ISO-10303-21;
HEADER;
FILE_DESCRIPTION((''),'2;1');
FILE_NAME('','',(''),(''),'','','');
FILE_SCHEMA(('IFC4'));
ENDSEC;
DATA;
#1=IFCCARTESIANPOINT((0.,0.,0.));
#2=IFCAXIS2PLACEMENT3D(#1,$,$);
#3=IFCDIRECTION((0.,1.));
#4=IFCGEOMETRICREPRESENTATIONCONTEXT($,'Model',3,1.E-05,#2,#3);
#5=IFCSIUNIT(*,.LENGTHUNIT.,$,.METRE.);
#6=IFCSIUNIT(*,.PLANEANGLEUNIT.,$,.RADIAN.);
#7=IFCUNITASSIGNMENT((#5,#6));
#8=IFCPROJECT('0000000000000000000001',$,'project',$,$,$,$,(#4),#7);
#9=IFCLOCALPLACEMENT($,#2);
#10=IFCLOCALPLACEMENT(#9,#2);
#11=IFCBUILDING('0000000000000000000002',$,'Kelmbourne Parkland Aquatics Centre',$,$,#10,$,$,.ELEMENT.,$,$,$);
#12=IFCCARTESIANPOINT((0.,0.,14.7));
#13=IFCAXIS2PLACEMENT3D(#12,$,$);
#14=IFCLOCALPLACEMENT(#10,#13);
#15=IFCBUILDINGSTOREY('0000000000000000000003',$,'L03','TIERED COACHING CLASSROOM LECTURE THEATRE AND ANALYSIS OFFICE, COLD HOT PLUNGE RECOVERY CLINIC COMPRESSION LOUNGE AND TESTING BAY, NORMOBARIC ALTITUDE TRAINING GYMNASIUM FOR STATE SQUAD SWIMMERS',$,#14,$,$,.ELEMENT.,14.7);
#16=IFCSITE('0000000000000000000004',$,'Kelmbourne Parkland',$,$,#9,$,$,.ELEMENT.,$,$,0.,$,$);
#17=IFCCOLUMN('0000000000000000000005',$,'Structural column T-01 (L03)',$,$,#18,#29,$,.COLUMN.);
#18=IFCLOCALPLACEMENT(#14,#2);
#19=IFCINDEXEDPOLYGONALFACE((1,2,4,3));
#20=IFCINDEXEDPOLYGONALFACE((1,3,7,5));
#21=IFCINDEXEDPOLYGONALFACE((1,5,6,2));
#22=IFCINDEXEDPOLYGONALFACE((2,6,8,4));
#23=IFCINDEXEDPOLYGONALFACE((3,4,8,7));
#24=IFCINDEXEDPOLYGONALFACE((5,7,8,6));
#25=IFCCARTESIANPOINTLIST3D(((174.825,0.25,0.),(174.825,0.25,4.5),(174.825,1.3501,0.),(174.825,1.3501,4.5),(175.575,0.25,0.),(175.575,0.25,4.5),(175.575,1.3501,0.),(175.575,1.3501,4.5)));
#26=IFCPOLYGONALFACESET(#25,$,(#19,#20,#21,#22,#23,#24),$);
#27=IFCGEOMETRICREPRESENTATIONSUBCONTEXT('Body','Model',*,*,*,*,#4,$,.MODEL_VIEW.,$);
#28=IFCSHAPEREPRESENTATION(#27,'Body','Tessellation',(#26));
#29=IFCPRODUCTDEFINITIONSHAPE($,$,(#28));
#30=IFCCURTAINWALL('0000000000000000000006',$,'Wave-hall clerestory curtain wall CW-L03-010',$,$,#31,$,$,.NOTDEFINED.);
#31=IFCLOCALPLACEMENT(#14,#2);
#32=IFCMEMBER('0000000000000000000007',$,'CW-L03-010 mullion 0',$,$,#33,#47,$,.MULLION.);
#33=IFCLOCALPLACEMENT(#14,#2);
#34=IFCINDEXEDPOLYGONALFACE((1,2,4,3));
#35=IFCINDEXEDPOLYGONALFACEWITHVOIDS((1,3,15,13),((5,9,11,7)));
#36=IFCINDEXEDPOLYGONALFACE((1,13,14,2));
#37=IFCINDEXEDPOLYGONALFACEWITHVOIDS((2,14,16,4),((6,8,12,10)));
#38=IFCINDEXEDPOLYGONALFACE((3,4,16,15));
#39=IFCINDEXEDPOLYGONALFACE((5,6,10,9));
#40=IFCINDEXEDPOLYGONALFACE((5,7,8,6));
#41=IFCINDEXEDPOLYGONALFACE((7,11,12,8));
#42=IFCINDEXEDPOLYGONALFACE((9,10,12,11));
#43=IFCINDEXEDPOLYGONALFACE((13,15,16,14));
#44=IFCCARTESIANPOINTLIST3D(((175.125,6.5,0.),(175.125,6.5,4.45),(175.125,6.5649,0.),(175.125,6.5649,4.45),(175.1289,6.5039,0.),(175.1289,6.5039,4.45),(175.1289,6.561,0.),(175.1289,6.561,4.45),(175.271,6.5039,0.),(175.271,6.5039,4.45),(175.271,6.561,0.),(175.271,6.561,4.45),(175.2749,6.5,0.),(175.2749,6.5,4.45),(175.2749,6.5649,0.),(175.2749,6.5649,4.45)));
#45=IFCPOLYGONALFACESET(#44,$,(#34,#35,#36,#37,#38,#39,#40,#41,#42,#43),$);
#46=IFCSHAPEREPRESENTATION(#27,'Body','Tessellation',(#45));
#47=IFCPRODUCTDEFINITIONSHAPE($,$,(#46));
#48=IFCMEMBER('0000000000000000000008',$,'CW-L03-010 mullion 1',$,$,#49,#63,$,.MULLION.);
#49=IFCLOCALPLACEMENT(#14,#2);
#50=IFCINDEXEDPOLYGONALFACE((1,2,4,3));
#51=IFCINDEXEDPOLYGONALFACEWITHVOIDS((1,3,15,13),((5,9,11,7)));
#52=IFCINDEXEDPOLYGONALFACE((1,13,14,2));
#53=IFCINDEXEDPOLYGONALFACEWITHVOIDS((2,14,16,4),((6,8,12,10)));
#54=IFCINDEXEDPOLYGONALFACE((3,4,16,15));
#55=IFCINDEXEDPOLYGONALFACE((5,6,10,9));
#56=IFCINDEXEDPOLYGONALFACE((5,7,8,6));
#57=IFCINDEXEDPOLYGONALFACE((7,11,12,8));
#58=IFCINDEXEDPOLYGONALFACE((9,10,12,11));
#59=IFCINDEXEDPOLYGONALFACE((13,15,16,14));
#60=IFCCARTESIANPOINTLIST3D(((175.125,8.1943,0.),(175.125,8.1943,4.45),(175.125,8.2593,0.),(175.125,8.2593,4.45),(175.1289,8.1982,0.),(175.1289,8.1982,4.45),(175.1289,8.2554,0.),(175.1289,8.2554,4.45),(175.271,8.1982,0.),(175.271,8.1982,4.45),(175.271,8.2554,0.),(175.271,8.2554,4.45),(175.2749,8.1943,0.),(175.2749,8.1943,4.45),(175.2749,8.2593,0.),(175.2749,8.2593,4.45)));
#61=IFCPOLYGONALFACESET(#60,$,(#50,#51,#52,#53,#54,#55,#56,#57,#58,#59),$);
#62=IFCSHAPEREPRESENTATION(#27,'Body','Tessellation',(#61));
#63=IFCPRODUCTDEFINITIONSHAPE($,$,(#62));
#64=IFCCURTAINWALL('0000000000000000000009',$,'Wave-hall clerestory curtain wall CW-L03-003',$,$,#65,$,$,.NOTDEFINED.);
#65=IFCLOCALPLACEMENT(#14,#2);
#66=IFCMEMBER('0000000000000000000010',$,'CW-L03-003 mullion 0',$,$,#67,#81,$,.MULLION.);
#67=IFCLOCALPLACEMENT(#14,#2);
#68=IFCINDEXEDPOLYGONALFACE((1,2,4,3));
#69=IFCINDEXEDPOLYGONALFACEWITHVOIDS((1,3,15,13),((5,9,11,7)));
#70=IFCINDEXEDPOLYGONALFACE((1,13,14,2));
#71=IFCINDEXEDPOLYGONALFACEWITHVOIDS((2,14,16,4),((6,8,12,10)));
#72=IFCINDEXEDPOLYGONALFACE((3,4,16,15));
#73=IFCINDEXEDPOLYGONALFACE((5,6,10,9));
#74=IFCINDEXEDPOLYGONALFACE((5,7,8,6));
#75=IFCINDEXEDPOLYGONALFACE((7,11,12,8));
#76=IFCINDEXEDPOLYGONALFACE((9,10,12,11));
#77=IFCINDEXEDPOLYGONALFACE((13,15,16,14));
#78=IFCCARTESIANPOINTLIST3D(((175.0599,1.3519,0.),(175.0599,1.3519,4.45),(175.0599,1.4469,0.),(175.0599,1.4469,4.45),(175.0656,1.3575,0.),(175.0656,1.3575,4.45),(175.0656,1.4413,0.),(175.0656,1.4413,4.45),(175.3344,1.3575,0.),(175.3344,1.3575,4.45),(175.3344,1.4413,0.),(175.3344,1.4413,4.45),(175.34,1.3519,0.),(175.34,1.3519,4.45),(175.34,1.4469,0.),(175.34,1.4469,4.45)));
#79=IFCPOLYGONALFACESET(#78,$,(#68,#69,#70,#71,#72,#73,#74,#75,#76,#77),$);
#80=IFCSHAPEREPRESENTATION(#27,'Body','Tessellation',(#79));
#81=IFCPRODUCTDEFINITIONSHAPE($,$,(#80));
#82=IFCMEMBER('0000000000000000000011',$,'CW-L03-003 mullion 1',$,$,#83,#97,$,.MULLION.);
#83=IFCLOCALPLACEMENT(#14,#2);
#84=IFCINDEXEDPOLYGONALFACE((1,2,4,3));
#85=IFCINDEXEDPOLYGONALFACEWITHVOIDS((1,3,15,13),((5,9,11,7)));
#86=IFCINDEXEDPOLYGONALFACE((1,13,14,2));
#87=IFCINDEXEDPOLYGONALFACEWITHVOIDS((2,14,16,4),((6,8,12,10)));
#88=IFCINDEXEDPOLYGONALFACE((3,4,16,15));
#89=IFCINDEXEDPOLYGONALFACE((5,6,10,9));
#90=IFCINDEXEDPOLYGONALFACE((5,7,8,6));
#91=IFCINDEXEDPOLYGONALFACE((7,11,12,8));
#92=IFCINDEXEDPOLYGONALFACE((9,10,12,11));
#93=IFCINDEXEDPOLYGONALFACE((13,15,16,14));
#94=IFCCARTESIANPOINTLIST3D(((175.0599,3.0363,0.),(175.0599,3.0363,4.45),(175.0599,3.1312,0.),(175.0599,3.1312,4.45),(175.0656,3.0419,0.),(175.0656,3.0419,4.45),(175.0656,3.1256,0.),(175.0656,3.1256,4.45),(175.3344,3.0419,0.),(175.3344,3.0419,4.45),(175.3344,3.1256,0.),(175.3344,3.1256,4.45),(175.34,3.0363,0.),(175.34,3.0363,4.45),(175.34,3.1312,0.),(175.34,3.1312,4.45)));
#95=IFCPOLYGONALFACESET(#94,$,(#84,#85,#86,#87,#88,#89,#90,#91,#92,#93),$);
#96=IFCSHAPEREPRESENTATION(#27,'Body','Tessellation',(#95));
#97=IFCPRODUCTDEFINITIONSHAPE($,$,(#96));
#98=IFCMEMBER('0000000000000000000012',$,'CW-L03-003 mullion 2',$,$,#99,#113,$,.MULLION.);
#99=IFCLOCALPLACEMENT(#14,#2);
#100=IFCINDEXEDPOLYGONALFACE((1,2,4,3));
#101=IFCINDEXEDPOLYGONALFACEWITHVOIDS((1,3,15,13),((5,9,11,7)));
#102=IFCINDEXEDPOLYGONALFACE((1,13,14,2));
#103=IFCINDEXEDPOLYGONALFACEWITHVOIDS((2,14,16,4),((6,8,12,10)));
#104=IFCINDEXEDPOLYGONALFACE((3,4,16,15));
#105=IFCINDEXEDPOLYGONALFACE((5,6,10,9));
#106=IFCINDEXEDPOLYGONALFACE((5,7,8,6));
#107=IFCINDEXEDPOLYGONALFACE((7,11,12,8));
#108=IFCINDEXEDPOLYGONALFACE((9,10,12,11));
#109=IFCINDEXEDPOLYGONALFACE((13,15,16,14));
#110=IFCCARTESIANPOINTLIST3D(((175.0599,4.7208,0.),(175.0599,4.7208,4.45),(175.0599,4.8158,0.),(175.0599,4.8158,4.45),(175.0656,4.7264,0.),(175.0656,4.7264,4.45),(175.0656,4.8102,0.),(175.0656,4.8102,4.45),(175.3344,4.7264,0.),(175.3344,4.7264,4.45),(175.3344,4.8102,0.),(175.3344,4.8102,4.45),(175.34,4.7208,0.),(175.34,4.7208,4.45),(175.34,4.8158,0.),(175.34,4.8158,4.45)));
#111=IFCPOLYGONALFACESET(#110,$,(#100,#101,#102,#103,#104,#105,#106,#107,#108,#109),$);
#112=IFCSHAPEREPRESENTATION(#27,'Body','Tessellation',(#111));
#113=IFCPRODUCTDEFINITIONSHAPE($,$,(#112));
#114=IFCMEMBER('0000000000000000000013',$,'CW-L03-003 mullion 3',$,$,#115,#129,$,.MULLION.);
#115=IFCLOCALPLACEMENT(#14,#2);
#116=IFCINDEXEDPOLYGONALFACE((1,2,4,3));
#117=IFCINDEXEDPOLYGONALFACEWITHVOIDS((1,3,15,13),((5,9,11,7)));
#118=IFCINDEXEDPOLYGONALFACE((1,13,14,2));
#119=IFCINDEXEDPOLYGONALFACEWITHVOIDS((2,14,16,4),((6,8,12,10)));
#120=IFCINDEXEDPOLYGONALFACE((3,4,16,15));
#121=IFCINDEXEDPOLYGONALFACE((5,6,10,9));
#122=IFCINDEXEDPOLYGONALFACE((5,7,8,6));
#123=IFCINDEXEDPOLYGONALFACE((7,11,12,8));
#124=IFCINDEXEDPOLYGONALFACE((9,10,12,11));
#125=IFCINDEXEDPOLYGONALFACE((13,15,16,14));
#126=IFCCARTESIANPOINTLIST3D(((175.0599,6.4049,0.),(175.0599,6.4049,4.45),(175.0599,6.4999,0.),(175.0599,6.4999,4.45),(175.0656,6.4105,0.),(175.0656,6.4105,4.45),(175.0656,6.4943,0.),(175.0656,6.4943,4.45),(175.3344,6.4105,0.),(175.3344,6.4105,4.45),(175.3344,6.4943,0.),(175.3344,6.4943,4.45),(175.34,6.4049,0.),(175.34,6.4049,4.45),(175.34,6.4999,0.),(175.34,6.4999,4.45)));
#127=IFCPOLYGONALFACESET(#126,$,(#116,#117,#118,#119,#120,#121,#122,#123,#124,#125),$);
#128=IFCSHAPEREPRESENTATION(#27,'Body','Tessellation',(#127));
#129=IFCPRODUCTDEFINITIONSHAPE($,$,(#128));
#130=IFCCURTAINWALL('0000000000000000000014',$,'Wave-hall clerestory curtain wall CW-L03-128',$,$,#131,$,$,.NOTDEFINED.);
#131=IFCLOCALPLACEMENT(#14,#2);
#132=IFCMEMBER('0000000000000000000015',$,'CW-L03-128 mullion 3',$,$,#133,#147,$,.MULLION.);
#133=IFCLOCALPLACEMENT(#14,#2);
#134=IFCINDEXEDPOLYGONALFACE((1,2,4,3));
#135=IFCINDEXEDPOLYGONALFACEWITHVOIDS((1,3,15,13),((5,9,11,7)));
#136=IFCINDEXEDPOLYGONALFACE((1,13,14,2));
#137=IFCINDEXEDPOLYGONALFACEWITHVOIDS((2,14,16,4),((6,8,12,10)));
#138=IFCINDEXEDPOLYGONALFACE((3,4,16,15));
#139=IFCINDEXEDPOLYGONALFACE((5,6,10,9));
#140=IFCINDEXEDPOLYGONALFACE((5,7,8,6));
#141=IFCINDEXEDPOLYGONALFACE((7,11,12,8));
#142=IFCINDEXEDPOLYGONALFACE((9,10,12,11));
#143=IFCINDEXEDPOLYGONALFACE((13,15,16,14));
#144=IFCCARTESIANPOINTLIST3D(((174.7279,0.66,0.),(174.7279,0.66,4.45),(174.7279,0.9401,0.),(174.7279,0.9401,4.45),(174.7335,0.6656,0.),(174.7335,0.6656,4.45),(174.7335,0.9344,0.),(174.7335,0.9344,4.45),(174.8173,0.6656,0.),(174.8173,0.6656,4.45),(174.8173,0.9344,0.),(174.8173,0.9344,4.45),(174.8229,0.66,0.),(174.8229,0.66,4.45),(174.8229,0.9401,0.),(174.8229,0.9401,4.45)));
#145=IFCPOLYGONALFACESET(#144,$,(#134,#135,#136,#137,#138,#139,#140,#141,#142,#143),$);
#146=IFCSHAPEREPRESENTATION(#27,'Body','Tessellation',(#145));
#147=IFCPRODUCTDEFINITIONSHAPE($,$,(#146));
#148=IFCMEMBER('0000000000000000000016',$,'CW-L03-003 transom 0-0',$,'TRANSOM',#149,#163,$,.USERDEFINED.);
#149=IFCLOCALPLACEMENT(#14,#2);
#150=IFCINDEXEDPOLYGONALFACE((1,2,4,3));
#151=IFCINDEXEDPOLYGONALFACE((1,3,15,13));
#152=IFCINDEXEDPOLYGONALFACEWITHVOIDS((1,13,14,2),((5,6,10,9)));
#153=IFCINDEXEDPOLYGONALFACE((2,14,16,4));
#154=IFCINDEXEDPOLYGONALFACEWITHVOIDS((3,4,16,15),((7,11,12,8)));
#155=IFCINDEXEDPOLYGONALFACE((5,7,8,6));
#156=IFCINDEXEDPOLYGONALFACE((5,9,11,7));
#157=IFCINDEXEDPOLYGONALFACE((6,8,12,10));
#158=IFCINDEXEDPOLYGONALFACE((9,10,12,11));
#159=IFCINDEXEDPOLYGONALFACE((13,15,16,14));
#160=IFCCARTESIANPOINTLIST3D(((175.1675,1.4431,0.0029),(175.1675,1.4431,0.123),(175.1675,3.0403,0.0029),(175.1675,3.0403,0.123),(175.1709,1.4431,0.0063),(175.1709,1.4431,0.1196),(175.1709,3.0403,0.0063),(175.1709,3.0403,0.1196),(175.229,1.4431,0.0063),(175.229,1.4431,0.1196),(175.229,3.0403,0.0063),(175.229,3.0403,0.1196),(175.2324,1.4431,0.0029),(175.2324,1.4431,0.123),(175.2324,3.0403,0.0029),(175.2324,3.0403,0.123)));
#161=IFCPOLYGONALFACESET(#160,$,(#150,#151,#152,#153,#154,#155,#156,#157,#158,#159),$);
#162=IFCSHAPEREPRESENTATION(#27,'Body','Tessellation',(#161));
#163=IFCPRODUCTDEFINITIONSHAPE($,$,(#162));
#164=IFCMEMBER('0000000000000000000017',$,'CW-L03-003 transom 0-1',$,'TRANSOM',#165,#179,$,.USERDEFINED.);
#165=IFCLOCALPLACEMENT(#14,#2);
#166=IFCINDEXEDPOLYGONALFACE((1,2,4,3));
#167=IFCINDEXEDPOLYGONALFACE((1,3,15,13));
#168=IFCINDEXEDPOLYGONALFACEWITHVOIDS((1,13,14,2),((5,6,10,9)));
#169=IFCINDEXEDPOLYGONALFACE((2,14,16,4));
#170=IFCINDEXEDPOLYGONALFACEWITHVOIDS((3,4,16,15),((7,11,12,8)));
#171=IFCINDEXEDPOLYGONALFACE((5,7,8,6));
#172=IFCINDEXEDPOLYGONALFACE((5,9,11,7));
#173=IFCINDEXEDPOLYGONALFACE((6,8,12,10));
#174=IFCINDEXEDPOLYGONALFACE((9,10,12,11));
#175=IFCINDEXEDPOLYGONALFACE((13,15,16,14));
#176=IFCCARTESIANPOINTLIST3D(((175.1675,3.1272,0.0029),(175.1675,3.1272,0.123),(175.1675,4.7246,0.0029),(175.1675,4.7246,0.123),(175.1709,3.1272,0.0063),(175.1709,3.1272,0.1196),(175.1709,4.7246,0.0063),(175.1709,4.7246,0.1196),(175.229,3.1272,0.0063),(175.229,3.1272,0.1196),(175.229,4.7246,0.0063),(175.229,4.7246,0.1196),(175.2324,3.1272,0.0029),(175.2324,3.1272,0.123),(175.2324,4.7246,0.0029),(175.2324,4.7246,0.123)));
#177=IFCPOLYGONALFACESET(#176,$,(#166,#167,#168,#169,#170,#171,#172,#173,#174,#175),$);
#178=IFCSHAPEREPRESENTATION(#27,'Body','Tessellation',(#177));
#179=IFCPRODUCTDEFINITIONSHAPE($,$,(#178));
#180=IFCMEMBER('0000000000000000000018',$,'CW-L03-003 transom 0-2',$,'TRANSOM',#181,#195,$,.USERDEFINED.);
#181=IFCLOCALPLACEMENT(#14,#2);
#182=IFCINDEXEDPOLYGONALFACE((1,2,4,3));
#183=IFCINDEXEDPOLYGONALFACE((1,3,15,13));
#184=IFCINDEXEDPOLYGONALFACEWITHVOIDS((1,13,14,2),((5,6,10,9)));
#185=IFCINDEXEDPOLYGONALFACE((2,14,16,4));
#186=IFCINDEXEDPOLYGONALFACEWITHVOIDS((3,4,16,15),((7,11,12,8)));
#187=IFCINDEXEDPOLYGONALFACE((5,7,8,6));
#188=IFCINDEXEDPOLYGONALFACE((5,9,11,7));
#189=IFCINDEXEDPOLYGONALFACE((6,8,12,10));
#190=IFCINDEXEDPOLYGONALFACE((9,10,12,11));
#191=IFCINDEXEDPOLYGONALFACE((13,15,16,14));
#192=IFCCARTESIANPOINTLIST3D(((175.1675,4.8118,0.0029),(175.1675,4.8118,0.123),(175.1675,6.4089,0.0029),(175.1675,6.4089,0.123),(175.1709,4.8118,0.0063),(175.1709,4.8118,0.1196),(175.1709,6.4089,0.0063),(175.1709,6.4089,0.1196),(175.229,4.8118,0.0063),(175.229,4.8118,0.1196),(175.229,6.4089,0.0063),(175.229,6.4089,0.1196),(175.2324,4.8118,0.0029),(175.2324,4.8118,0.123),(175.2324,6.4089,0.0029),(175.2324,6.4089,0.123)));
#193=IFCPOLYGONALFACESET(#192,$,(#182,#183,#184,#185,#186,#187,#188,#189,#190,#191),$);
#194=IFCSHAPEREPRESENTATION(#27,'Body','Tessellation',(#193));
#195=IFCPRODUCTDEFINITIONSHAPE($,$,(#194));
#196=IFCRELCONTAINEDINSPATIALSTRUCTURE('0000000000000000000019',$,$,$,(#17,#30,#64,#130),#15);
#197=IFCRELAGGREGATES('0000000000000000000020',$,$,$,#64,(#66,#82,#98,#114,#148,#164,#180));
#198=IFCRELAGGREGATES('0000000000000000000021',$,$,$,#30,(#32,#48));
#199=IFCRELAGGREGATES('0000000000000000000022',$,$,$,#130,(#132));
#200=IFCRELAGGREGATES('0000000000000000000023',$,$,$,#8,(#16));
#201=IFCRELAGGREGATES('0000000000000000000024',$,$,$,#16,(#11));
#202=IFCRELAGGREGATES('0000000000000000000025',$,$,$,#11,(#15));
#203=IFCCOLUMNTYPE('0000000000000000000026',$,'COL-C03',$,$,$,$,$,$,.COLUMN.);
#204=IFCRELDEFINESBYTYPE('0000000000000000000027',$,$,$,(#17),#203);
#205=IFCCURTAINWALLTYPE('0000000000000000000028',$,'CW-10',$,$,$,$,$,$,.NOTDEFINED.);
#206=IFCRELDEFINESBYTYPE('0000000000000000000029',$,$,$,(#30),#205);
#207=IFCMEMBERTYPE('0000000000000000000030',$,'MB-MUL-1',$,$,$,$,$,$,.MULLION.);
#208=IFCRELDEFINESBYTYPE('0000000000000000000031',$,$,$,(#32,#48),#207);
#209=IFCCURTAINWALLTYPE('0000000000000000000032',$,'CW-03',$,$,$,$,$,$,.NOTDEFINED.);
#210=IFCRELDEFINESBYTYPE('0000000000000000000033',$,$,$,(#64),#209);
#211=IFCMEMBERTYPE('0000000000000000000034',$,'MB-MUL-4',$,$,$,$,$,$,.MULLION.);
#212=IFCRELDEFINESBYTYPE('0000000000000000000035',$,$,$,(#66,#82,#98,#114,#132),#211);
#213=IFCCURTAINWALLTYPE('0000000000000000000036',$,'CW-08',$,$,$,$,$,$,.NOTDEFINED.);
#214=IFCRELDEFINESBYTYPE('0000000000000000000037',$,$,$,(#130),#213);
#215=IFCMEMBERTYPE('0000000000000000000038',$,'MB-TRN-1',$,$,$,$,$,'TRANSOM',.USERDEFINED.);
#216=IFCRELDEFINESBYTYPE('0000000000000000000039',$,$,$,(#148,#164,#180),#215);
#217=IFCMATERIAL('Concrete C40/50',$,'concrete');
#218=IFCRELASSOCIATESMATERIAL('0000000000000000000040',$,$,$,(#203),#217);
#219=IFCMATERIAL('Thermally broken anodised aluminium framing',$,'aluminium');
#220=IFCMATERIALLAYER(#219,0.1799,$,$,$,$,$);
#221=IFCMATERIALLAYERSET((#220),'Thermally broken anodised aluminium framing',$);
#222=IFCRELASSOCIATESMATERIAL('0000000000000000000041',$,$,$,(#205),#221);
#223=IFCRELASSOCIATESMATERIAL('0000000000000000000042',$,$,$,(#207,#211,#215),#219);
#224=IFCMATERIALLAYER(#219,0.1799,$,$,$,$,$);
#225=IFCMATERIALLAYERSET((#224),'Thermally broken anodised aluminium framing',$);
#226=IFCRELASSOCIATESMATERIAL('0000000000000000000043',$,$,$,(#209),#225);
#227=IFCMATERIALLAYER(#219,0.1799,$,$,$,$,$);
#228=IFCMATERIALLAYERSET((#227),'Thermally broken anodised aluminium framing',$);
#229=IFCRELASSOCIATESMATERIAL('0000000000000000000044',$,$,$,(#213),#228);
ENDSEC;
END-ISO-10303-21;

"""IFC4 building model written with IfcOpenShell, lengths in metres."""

from ifc_helpers import new_model, si_unit, direction, frame, origin, origin_2d, place, context, subcontext, project, spatial, rectangle, hollow_rectangle, extrude, material, layer, layer_set, material_profile, profile_set, type_object, element, aggregate, save


model = new_model("IFC4")

# Units and contexts
model_context = context("Model", 3, precision=1e-05, world=origin(), true_north=direction((0.0, 1.0)))
body_context = subcontext(model_context, "Body", "Model", "MODEL_VIEW")
ifc_project = project(units=[si_unit("LENGTHUNIT", "METRE"), si_unit("PLANEANGLEUNIT", "RADIAN")], contexts=[model_context])

# Site, building, storey
site_placement = place(None, origin())
site = spatial("IfcSite", under=ifc_project, at=site_placement, Name="Kelmbourne Parkland", CompositionType="ELEMENT", RefElevation=0.0)
building_placement = place(site_placement, origin())
building = spatial("IfcBuilding", under=site, at=building_placement, Name="Kelmbourne Parkland Aquatics Centre", CompositionType="ELEMENT")
storey_placement = place(building_placement, frame((0.0, 0.0, 14.7)))
storey = spatial("IfcBuildingStorey", under=building, at=storey_placement, Name="L03", Description="TIERED COACHING CLASSROOM LECTURE THEATRE AND ANALYSIS OFFICE, COLD HOT PLUNGE RECOVERY CLINIC COMPRESSION LOUNGE AND TESTING BAY, NORMOBARIC ALTITUDE TRAINING GYMNASIUM FOR STATE SQUAD SWIMMERS", CompositionType="ELEMENT", Elevation=14.7)

# Column
ifc_material_1 = material(Name="Concrete C40/50", Category="concrete")
ifc_material_profile_1 = material_profile(ifc_material_1, rectangle(XDim=0.75, YDim=1.1001, at=origin_2d()), Name="RC 750x1100")
ifc_profile_set_1 = profile_set([ifc_material_profile_1], Name="Concrete C40/50")
column_type = type_object("IfcColumnType", Name="COL-C03", PredefinedType="COLUMN", material=ifc_profile_set_1)
column_placement = place(storey_placement, frame((175.2, 0.8, 0.0), z_axis=(0.0, 0.0, 1.0), x_axis=(1.0, 0.0, 0.0)))
element("IfcColumn", 1, at=column_placement, inside=storey, type_object=column_type, Name="Structural column T-01 (L03)", PredefinedType="COLUMN", context=body_context, shape_type="SweptSolid", body=[
    extrude(rectangle(XDim=0.75, YDim=1.1001, at=origin_2d()), origin(), (0.0, 0.0, 1.0), 4.5),
])

# Curtain walls, members
ifc_material_2 = material(Name="Thermally broken anodised aluminium framing", Category="aluminium")
ifc_layer_1 = layer(ifc_material_2, 0.1799)
ifc_layer_set_1 = layer_set([ifc_layer_1], Name="Thermally broken anodised aluminium framing")
curtain_wall_type_1 = type_object("IfcCurtainWallType", Name="CW-10", PredefinedType="NOTDEFINED", material=ifc_layer_set_1)
curtain_wall_1_placement = place(storey_placement, origin())
curtain_wall_1 = element("IfcCurtainWall", 2, at=curtain_wall_1_placement, inside=storey, type_object=curtain_wall_type_1, Name="Wave-hall clerestory curtain wall CW-L03-010", PredefinedType="NOTDEFINED")
ifc_material_profile_2 = material_profile(ifc_material_2, hollow_rectangle(XDim=0.0649, YDim=0.1499, WallThickness=0.0039, at=origin_2d()), Name="CW-M 65x150")
ifc_profile_set_2 = profile_set([ifc_material_profile_2], Name="Thermally broken anodised aluminium framing")
member_type_1 = type_object("IfcMemberType", Name="MB-MUL-1", PredefinedType="MULLION", material=ifc_profile_set_2)
member_1_placement = place(storey_placement, frame((175.2, 6.5325, 0.0), z_axis=(0.0, 0.0, 1.0), x_axis=(0.0, 1.0, 0.0)))
member_1 = element("IfcMember", 3, at=member_1_placement, type_object=member_type_1, Name="CW-L03-010 mullion 0", PredefinedType="MULLION", context=body_context, shape_type="SweptSolid", body=[
    extrude(hollow_rectangle(XDim=0.0649, YDim=0.1499, WallThickness=0.0039, at=origin_2d()), origin(), (0.0, 0.0, 1.0), 4.45),
])
member_2_placement = place(storey_placement, frame((175.2, 8.2268, 0.0), z_axis=(0.0, 0.0, 1.0), x_axis=(0.0, 1.0, 0.0)))
member_2 = element("IfcMember", 4, at=member_2_placement, type_object=member_type_1, Name="CW-L03-010 mullion 1", PredefinedType="MULLION", context=body_context, shape_type="SweptSolid", body=[
    extrude(hollow_rectangle(XDim=0.0649, YDim=0.1499, WallThickness=0.0039, at=origin_2d()), origin(), (0.0, 0.0, 1.0), 4.45),
])
ifc_layer_2 = layer(ifc_material_2, 0.1799)
ifc_layer_set_2 = layer_set([ifc_layer_2], Name="Thermally broken anodised aluminium framing")
curtain_wall_type_2 = type_object("IfcCurtainWallType", Name="CW-03", PredefinedType="NOTDEFINED", material=ifc_layer_set_2)
curtain_wall_2_placement = place(storey_placement, origin())
curtain_wall_2 = element("IfcCurtainWall", 5, at=curtain_wall_2_placement, inside=storey, type_object=curtain_wall_type_2, Name="Wave-hall clerestory curtain wall CW-L03-003", PredefinedType="NOTDEFINED")
ifc_material_profile_3 = material_profile(ifc_material_2, hollow_rectangle(XDim=0.095, YDim=0.28, WallThickness=0.0056, at=origin_2d()), Name="CW-M 95x280")
ifc_profile_set_3 = profile_set([ifc_material_profile_3], Name="Thermally broken anodised aluminium framing")
member_type_2 = type_object("IfcMemberType", Name="MB-MUL-4", PredefinedType="MULLION", material=ifc_profile_set_3)
member_3_placement = place(storey_placement, frame((175.2, 1.3994, 0.0), z_axis=(0.0, 0.0, 1.0), x_axis=(0.0, 1.0, 0.0)))
member_3 = element("IfcMember", 6, at=member_3_placement, type_object=member_type_2, Name="CW-L03-003 mullion 0", PredefinedType="MULLION", context=body_context, shape_type="SweptSolid", body=[
    extrude(hollow_rectangle(XDim=0.095, YDim=0.28, WallThickness=0.0056, at=origin_2d()), origin(), (0.0, 0.0, 1.0), 4.45),
])
member_4_placement = place(storey_placement, frame((175.2, 3.0837, 0.0), z_axis=(0.0, 0.0, 1.0), x_axis=(0.0, 1.0, 0.0)))
member_4 = element("IfcMember", 7, at=member_4_placement, type_object=member_type_2, Name="CW-L03-003 mullion 1", PredefinedType="MULLION", context=body_context, shape_type="SweptSolid", body=[
    extrude(hollow_rectangle(XDim=0.095, YDim=0.28, WallThickness=0.0056, at=origin_2d()), origin(), (0.0, 0.0, 1.0), 4.45),
])
member_5_placement = place(storey_placement, frame((175.2, 4.7683, 0.0), z_axis=(0.0, 0.0, 1.0), x_axis=(0.0, 1.0, 0.0)))
member_5 = element("IfcMember", 8, at=member_5_placement, type_object=member_type_2, Name="CW-L03-003 mullion 2", PredefinedType="MULLION", context=body_context, shape_type="SweptSolid", body=[
    extrude(hollow_rectangle(XDim=0.095, YDim=0.28, WallThickness=0.0056, at=origin_2d()), origin(), (0.0, 0.0, 1.0), 4.45),
])
member_6_placement = place(storey_placement, frame((175.2, 6.4524, 0.0), z_axis=(0.0, 0.0, 1.0), x_axis=(0.0, 1.0, 0.0)))
member_6 = element("IfcMember", 9, at=member_6_placement, type_object=member_type_2, Name="CW-L03-003 mullion 3", PredefinedType="MULLION", context=body_context, shape_type="SweptSolid", body=[
    extrude(hollow_rectangle(XDim=0.095, YDim=0.28, WallThickness=0.0056, at=origin_2d()), origin(), (0.0, 0.0, 1.0), 4.45),
])

# Curtain wall, member
ifc_layer_3 = layer(ifc_material_2, 0.1799)
ifc_layer_set_3 = layer_set([ifc_layer_3], Name="Thermally broken anodised aluminium framing")
curtain_wall_type_3 = type_object("IfcCurtainWallType", Name="CW-08", PredefinedType="NOTDEFINED", material=ifc_layer_set_3)
curtain_wall_3_placement = place(storey_placement, origin())
curtain_wall_3 = element("IfcCurtainWall", 10, at=curtain_wall_3_placement, inside=storey, type_object=curtain_wall_type_3, Name="Wave-hall clerestory curtain wall CW-L03-128", PredefinedType="NOTDEFINED")
member_7_placement = place(storey_placement, frame((174.7754, 0.8, 0.0), z_axis=(0.0, 0.0, 1.0), x_axis=(1.0, 0.0, 0.0)))
member_7 = element("IfcMember", 11, at=member_7_placement, type_object=member_type_2, Name="CW-L03-128 mullion 3", PredefinedType="MULLION", context=body_context, shape_type="SweptSolid", body=[
    extrude(hollow_rectangle(XDim=0.095, YDim=0.28, WallThickness=0.0056, at=origin_2d()), origin(), (0.0, 0.0, 1.0), 4.45),
])

# Members
ifc_material_profile_4 = material_profile(ifc_material_2, hollow_rectangle(XDim=0.0649, YDim=0.1201, WallThickness=0.0034, at=origin_2d()), Name="CW-T 65x120")
ifc_profile_set_4 = profile_set([ifc_material_profile_4], Name="Thermally broken anodised aluminium framing")
member_type_3 = type_object("IfcMemberType", Name="MB-TRN-1", ElementType="TRANSOM", PredefinedType="USERDEFINED", material=ifc_profile_set_4)
member_8_placement = place(storey_placement, frame((175.2, 1.4431, 0.063), z_axis=(0.0, 1.0, 0.0), x_axis=(-1.0, 0.0, 0.0)))
member_8 = element("IfcMember", 12, at=member_8_placement, type_object=member_type_3, Name="CW-L03-003 transom 0-0", ObjectType="TRANSOM", PredefinedType="USERDEFINED", context=body_context, shape_type="SweptSolid", body=[
    extrude(hollow_rectangle(XDim=0.0649, YDim=0.1201, WallThickness=0.0034, at=origin_2d()), origin(), (0.0, 0.0, 1.0), 1.5972),
])
member_9_placement = place(storey_placement, frame((175.2, 3.1272, 0.063), z_axis=(0.0, 1.0, 0.0), x_axis=(-1.0, 0.0, 0.0)))
member_9 = element("IfcMember", 13, at=member_9_placement, type_object=member_type_3, Name="CW-L03-003 transom 0-1", ObjectType="TRANSOM", PredefinedType="USERDEFINED", context=body_context, shape_type="SweptSolid", body=[
    extrude(hollow_rectangle(XDim=0.0649, YDim=0.1201, WallThickness=0.0034, at=origin_2d()), origin(), (0.0, 0.0, 1.0), 1.5974),
])
member_10_placement = place(storey_placement, frame((175.2, 4.8118, 0.063), z_axis=(0.0, 1.0, 0.0), x_axis=(-1.0, 0.0, 0.0)))
member_10 = element("IfcMember", 14, at=member_10_placement, type_object=member_type_3, Name="CW-L03-003 transom 0-2", ObjectType="TRANSOM", PredefinedType="USERDEFINED", context=body_context, shape_type="SweptSolid", body=[
    extrude(hollow_rectangle(XDim=0.0649, YDim=0.1201, WallThickness=0.0034, at=origin_2d()), origin(), (0.0, 0.0, 1.0), 1.5972),
])

aggregate(curtain_wall_2, [member_3, member_4, member_5, member_6, member_8, member_9, member_10])
aggregate(curtain_wall_1, [member_1, member_2])
aggregate(curtain_wall_3, [member_7])

save(model, "model.ifc")
